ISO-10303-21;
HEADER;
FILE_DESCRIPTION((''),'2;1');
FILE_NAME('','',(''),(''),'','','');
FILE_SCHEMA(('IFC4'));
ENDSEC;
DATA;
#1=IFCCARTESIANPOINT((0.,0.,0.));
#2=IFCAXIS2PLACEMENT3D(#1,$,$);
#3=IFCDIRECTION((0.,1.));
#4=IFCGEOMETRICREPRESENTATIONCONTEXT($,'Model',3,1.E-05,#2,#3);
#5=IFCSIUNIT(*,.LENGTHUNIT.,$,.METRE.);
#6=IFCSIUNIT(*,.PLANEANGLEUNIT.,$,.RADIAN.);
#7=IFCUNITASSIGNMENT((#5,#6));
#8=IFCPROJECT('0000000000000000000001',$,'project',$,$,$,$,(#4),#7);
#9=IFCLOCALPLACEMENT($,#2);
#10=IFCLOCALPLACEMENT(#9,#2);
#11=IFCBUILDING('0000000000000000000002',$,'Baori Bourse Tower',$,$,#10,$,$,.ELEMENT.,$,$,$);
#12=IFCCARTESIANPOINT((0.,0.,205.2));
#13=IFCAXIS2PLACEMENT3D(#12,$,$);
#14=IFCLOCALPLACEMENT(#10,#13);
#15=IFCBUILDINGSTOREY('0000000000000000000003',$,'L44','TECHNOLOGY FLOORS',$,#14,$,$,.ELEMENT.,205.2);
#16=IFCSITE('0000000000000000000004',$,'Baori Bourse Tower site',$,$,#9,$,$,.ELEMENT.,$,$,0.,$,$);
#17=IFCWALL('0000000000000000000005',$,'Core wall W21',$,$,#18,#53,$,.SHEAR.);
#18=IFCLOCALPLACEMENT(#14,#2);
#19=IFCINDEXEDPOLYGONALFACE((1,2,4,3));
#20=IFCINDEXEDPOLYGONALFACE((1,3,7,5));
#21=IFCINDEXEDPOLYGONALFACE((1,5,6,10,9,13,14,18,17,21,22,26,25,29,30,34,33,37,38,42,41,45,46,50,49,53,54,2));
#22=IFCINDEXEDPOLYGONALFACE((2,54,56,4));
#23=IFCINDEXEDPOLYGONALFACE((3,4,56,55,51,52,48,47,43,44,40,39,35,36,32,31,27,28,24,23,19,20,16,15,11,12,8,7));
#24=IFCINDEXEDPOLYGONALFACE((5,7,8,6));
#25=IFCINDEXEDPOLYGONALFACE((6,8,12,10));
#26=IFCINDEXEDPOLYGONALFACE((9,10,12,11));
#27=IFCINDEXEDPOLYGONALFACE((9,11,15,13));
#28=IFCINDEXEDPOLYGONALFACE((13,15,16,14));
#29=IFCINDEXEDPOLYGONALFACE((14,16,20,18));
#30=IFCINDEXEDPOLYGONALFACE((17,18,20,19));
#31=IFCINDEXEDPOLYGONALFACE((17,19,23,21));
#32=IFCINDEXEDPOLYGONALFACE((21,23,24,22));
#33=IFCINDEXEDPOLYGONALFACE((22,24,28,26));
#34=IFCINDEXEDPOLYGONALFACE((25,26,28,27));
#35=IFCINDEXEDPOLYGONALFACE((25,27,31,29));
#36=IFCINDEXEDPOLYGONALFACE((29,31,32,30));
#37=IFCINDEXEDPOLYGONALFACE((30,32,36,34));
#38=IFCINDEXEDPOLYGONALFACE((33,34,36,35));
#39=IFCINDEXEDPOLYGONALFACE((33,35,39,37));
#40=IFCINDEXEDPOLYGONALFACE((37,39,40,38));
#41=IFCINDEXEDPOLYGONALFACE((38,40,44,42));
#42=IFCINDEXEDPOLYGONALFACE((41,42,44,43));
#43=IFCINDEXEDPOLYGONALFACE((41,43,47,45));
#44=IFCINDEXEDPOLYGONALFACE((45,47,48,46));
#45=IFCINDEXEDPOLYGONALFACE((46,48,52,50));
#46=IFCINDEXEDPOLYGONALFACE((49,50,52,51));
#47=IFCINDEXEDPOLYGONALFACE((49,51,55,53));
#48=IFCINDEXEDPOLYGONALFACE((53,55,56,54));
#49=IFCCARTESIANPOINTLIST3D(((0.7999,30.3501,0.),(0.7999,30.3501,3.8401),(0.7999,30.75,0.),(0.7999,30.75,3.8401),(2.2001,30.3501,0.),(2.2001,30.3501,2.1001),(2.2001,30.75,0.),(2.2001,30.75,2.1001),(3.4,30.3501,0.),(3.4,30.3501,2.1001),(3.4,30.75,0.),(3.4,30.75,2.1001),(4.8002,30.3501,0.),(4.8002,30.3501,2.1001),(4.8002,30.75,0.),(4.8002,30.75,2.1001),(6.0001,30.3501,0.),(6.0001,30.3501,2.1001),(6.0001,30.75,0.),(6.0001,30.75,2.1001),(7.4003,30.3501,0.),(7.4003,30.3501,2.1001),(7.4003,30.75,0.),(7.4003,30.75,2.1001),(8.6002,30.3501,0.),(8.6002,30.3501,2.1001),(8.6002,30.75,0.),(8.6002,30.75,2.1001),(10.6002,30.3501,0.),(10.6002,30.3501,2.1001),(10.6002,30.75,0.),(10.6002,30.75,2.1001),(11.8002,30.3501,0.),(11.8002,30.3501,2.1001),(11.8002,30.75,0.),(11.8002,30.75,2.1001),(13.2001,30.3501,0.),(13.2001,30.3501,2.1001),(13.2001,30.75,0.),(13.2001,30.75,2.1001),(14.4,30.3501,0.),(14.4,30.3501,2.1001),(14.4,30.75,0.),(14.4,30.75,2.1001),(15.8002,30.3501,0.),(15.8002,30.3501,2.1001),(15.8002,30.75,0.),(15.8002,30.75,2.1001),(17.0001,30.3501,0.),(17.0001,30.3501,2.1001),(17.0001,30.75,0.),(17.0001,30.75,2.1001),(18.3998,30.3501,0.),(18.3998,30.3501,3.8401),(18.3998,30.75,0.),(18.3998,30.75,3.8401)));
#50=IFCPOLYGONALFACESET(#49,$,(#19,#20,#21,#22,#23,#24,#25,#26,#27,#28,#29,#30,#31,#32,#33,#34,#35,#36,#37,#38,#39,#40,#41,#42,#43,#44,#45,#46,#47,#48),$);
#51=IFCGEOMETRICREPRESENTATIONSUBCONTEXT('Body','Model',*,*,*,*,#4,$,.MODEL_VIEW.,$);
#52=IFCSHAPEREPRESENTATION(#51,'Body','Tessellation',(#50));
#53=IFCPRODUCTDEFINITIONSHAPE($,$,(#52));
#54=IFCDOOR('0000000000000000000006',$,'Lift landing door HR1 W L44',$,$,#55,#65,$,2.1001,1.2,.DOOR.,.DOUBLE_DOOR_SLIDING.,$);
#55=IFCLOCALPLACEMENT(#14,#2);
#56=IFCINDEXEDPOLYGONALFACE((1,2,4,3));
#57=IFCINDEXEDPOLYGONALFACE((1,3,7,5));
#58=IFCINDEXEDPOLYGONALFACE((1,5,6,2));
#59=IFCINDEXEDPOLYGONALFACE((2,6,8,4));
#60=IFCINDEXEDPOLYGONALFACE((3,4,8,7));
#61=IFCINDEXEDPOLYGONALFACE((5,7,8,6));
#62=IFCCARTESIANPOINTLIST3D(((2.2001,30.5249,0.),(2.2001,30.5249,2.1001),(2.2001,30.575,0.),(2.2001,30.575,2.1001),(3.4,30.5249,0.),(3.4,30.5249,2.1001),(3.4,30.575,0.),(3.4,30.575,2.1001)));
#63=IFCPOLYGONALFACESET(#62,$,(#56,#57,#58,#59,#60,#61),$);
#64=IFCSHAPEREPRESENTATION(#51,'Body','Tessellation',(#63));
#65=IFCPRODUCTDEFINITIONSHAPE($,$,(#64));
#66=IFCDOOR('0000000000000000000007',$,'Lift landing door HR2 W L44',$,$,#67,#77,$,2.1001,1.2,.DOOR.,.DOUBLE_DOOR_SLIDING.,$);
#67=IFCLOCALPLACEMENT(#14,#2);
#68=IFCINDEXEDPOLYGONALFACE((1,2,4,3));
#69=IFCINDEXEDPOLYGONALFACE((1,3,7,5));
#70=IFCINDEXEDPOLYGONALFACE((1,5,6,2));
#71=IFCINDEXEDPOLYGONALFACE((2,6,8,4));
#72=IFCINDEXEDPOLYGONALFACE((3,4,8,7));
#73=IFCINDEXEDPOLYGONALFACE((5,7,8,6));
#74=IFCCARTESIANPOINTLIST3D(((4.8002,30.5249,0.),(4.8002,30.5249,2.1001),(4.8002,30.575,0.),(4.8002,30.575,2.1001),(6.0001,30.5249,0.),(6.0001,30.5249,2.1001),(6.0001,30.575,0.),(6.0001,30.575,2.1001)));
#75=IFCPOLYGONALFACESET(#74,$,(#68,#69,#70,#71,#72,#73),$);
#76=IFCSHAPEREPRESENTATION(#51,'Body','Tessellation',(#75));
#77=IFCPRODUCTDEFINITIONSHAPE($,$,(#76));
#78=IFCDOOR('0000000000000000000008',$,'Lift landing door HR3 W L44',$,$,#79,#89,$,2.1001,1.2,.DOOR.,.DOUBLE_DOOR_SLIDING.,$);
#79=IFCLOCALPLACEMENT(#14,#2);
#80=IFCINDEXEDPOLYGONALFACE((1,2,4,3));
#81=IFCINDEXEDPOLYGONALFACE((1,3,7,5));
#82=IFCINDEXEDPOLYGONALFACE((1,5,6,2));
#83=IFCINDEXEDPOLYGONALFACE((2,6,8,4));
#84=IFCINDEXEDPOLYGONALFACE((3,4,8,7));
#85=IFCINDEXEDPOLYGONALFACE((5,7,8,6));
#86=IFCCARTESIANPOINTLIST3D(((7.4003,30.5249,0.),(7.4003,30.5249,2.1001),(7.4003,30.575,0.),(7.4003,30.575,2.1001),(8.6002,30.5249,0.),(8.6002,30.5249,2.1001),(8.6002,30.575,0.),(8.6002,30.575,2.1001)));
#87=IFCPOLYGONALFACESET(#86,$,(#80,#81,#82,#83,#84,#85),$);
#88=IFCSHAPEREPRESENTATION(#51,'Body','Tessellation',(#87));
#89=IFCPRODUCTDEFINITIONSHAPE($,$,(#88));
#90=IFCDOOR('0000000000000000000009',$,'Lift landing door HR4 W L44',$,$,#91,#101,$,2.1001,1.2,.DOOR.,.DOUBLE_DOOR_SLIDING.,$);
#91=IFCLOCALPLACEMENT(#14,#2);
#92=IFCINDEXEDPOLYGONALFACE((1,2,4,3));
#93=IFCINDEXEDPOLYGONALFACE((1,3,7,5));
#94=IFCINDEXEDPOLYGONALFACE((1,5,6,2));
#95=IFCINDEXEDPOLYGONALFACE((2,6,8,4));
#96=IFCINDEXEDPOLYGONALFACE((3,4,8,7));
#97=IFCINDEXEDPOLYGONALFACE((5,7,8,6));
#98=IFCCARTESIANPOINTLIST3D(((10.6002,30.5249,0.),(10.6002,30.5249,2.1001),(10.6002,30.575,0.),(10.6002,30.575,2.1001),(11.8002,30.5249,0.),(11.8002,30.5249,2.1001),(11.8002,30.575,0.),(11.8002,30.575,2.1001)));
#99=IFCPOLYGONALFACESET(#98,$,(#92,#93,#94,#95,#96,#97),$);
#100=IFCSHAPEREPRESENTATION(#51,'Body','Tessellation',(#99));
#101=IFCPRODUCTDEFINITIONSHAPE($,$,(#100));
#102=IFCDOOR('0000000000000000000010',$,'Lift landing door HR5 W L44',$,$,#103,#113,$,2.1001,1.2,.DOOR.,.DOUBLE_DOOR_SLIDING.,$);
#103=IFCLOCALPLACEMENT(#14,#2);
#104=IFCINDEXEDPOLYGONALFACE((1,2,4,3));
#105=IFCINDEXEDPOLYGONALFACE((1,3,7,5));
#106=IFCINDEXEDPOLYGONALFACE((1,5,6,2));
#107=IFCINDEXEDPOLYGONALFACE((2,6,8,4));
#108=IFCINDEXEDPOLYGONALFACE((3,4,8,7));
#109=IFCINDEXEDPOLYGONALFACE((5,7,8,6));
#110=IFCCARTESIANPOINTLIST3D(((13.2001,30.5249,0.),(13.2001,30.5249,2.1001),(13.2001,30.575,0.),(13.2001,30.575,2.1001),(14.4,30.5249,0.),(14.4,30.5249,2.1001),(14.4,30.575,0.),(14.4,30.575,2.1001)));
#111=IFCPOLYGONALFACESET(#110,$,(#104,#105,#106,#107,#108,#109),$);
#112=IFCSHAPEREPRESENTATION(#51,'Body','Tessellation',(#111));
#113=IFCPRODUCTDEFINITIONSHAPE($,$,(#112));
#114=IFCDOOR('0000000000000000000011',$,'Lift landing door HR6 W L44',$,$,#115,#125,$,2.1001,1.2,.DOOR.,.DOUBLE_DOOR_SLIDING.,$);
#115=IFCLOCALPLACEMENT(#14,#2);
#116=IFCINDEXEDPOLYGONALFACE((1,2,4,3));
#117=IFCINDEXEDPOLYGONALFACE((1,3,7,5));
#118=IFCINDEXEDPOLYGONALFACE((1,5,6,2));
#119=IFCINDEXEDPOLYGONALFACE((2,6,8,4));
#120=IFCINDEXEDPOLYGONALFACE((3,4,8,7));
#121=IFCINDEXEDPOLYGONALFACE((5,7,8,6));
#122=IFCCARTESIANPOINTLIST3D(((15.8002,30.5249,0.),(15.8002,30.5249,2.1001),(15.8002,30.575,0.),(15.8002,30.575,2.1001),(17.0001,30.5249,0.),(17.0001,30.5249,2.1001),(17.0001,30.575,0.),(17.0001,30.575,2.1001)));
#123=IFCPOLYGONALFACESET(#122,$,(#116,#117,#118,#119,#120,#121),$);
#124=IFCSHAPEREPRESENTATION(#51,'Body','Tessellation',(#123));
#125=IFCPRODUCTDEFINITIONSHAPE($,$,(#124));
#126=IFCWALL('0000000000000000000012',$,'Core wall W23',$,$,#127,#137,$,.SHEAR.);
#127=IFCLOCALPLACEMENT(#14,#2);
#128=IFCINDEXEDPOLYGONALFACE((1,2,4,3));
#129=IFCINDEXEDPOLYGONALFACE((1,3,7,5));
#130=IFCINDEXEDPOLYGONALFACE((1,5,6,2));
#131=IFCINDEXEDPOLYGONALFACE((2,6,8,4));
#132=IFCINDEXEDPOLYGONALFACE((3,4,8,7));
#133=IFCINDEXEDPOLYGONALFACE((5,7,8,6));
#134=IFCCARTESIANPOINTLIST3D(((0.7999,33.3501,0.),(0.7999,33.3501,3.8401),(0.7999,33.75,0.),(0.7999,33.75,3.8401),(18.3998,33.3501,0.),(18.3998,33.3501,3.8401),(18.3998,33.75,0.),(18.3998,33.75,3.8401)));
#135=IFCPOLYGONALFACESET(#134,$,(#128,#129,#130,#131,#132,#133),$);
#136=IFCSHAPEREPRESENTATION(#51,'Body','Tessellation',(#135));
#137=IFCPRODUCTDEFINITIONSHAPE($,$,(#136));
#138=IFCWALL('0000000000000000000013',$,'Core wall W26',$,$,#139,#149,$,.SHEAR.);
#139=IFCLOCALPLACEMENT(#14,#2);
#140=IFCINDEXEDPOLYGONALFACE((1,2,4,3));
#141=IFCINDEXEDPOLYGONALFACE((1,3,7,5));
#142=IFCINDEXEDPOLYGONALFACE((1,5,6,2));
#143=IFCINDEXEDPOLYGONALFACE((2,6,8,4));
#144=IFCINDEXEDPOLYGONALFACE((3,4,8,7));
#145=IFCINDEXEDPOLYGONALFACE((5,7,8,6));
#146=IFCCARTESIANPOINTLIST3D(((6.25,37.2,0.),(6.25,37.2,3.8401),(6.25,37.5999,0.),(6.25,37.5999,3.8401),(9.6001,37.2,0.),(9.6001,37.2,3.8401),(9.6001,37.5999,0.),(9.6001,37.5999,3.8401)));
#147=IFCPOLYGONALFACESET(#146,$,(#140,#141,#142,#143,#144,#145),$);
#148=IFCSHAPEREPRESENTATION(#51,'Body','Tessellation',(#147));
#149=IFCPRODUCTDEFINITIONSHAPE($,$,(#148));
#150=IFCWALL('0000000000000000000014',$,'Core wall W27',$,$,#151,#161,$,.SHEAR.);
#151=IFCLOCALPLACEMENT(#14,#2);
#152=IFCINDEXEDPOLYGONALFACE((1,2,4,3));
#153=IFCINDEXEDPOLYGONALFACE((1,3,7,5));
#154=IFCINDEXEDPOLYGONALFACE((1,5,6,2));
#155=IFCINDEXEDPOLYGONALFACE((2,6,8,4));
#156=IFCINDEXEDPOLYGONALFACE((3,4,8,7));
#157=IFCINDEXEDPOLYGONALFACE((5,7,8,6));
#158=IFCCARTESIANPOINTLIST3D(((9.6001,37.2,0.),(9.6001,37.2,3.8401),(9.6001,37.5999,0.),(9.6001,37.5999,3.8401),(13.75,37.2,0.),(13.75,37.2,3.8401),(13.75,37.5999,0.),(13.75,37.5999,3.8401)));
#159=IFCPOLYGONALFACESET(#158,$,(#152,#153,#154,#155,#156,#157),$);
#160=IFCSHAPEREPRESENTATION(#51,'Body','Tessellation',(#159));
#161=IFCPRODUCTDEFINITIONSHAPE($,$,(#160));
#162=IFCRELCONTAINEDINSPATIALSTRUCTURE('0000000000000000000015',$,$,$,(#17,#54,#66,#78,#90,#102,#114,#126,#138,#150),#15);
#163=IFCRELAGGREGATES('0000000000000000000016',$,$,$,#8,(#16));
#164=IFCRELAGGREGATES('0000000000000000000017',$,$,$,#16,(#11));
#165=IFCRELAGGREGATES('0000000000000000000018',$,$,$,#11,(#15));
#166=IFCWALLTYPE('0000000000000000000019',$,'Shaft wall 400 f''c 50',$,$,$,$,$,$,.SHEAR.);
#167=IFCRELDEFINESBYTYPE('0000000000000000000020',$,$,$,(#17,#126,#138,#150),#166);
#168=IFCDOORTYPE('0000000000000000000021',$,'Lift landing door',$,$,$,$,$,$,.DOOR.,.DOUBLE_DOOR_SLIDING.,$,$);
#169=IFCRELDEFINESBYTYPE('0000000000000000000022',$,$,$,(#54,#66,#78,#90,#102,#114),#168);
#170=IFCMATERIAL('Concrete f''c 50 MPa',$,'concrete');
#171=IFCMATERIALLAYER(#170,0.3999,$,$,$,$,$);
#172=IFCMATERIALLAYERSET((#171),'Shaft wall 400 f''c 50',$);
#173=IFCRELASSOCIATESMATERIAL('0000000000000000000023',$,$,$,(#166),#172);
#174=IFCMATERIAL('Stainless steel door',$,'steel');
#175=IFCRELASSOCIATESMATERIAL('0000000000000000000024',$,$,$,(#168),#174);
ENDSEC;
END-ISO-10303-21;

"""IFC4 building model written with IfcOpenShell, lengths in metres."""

from ifc_helpers import new_model, si_unit, direction, frame, frame_2d, origin, place, context, subcontext, project, spatial, rectangle, extrude, material, layer, layer_set, type_object, element, fill, save


model = new_model("IFC4")

# Units and contexts
model_context = context("Model", 3, precision=1e-05, world=origin(), true_north=direction((0.0, 1.0)))
body_context = subcontext(model_context, "Body", "Model", "MODEL_VIEW")
ifc_project = project(units=[si_unit("LENGTHUNIT", "METRE"), si_unit("PLANEANGLEUNIT", "RADIAN")], contexts=[model_context])

# Site, building, storey
site_placement = place(None, origin())
site = spatial("IfcSite", under=ifc_project, at=site_placement, Name="Baori Bourse Tower site", CompositionType="ELEMENT", RefElevation=0.0)
building_placement = place(site_placement, origin())
building = spatial("IfcBuilding", under=site, at=building_placement, Name="Baori Bourse Tower", CompositionType="ELEMENT")
storey_placement = place(building_placement, frame((0.0, 0.0, 205.2)))
storey = spatial("IfcBuildingStorey", under=building, at=storey_placement, Name="L44", Description="TECHNOLOGY FLOORS", CompositionType="ELEMENT", Elevation=205.2)

# Wall, openings, doors
ifc_material_1 = material(Name="Concrete f'c 50 MPa", Category="concrete")
ifc_layer_1 = layer(ifc_material_1, 0.3999)
ifc_layer_set_1 = layer_set([ifc_layer_1], Name="Shaft wall 400 f'c 50")
wall_type_1 = type_object("IfcWallType", Name="Shaft wall 400 f'c 50", PredefinedType="SHEAR", material=ifc_layer_set_1)
ifc_material_2 = material(Name="Stainless steel door", Category="steel")
door_type_1 = type_object("IfcDoorType", Name="Lift landing door", OperationType="DOUBLE_DOOR_SLIDING", PredefinedType="DOOR", material=ifc_material_2)
wall_1_placement = place(storey_placement, frame((0.8, 30.55, 0.0), z_axis=(0.0, 0.0, 1.0), x_axis=(1.0, 0.0, 0.0)))
wall_1 = element("IfcWall", 1, at=wall_1_placement, inside=storey, type_object=wall_type_1, Name="Core wall W21", PredefinedType="SHEAR", context=body_context, shape_type="SweptSolid", body=[
    extrude(rectangle(XDim=17.5999, YDim=0.3999, at=frame_2d((8.7998, 0.0))), origin(), (0.0, 0.0, 1.0), 3.8401),
])
opening_1_placement = place(wall_1_placement, frame((1.3999, 0.0, 0.0)))
opening_1 = element("IfcOpeningElement", 2, at=opening_1_placement, cuts=wall_1, PredefinedType="OPENING", context=body_context, shape_type="SweptSolid", body=[
    extrude(rectangle(XDim=1.2, YDim=2.1001, at=frame_2d((0.6001, 1.05))), frame((0.0, 0.21, 0.0), z_axis=(0.0, -1.0, 0.0), x_axis=(1.0, 0.0, 0.0)), (0.0, 0.0, 1.0), 0.4199),
])
opening_2_placement = place(wall_1_placement, frame((4.0, 0.0, 0.0)))
opening_2 = element("IfcOpeningElement", 3, at=opening_2_placement, cuts=wall_1, PredefinedType="OPENING", context=body_context, shape_type="SweptSolid", body=[
    extrude(rectangle(XDim=1.2, YDim=2.1001, at=frame_2d((0.6001, 1.05))), frame((0.0, 0.21, 0.0), z_axis=(0.0, -1.0, 0.0), x_axis=(1.0, 0.0, 0.0)), (0.0, 0.0, 1.0), 0.4199),
])
opening_3_placement = place(wall_1_placement, frame((6.6001, 0.0, 0.0)))
opening_3 = element("IfcOpeningElement", 4, at=opening_3_placement, cuts=wall_1, PredefinedType="OPENING", context=body_context, shape_type="SweptSolid", body=[
    extrude(rectangle(XDim=1.2, YDim=2.1001, at=frame_2d((0.6001, 1.05))), frame((0.0, 0.21, 0.0), z_axis=(0.0, -1.0, 0.0), x_axis=(1.0, 0.0, 0.0)), (0.0, 0.0, 1.0), 0.4199),
])
opening_4_placement = place(wall_1_placement, frame((9.8, 0.0, 0.0)))
opening_4 = element("IfcOpeningElement", 5, at=opening_4_placement, cuts=wall_1, PredefinedType="OPENING", context=body_context, shape_type="SweptSolid", body=[
    extrude(rectangle(XDim=1.2, YDim=2.1001, at=frame_2d((0.6001, 1.05))), frame((0.0, 0.21, 0.0), z_axis=(0.0, -1.0, 0.0), x_axis=(1.0, 0.0, 0.0)), (0.0, 0.0, 1.0), 0.4199),
])
opening_5_placement = place(wall_1_placement, frame((12.3999, 0.0, 0.0)))
opening_5 = element("IfcOpeningElement", 6, at=opening_5_placement, cuts=wall_1, PredefinedType="OPENING", context=body_context, shape_type="SweptSolid", body=[
    extrude(rectangle(XDim=1.2, YDim=2.1001, at=frame_2d((0.6001, 1.05))), frame((0.0, 0.21, 0.0), z_axis=(0.0, -1.0, 0.0), x_axis=(1.0, 0.0, 0.0)), (0.0, 0.0, 1.0), 0.4199),
])
opening_6_placement = place(wall_1_placement, frame((15.0, 0.0, 0.0)))
opening_6 = element("IfcOpeningElement", 7, at=opening_6_placement, cuts=wall_1, PredefinedType="OPENING", context=body_context, shape_type="SweptSolid", body=[
    extrude(rectangle(XDim=1.2, YDim=2.1001, at=frame_2d((0.6001, 1.05))), frame((0.0, 0.21, 0.0), z_axis=(0.0, -1.0, 0.0), x_axis=(1.0, 0.0, 0.0)), (0.0, 0.0, 1.0), 0.4199),
])
door_1_placement = place(opening_1_placement, origin())
door_1 = element("IfcDoor", 8, at=door_1_placement, inside=storey, type_object=door_type_1, Name="Lift landing door HR1 W L44", OperationType="DOUBLE_DOOR_SLIDING", OverallHeight=2.1001, OverallWidth=1.2, PredefinedType="DOOR", context=body_context, shape_type="SweptSolid", body=[
    extrude(rectangle(XDim=1.2, YDim=2.1001, at=frame_2d((0.6001, 1.05))), frame((0.0, 0.0249, 0.0), z_axis=(0.0, -1.0, 0.0), x_axis=(1.0, 0.0, 0.0)), (0.0, 0.0, 1.0), 0.05),
])
fill(opening_1, door_1)
door_2_placement = place(opening_2_placement, origin())
door_2 = element("IfcDoor", 9, at=door_2_placement, inside=storey, type_object=door_type_1, Name="Lift landing door HR2 W L44", OperationType="DOUBLE_DOOR_SLIDING", OverallHeight=2.1001, OverallWidth=1.2, PredefinedType="DOOR", context=body_context, shape_type="SweptSolid", body=[
    extrude(rectangle(XDim=1.2, YDim=2.1001, at=frame_2d((0.6001, 1.05))), frame((0.0, 0.0249, 0.0), z_axis=(0.0, -1.0, 0.0), x_axis=(1.0, 0.0, 0.0)), (0.0, 0.0, 1.0), 0.05),
])
fill(opening_2, door_2)
door_3_placement = place(opening_3_placement, origin())
door_3 = element("IfcDoor", 10, at=door_3_placement, inside=storey, type_object=door_type_1, Name="Lift landing door HR3 W L44", OperationType="DOUBLE_DOOR_SLIDING", OverallHeight=2.1001, OverallWidth=1.2, PredefinedType="DOOR", context=body_context, shape_type="SweptSolid", body=[
    extrude(rectangle(XDim=1.2, YDim=2.1001, at=frame_2d((0.6001, 1.05))), frame((0.0, 0.0249, 0.0), z_axis=(0.0, -1.0, 0.0), x_axis=(1.0, 0.0, 0.0)), (0.0, 0.0, 1.0), 0.05),
])
fill(opening_3, door_3)
door_4_placement = place(opening_4_placement, origin())
door_4 = element("IfcDoor", 11, at=door_4_placement, inside=storey, type_object=door_type_1, Name="Lift landing door HR4 W L44", OperationType="DOUBLE_DOOR_SLIDING", OverallHeight=2.1001, OverallWidth=1.2, PredefinedType="DOOR", context=body_context, shape_type="SweptSolid", body=[
    extrude(rectangle(XDim=1.2, YDim=2.1001, at=frame_2d((0.6001, 1.05))), frame((0.0, 0.0249, 0.0), z_axis=(0.0, -1.0, 0.0), x_axis=(1.0, 0.0, 0.0)), (0.0, 0.0, 1.0), 0.05),
])
fill(opening_4, door_4)
door_5_placement = place(opening_5_placement, origin())
door_5 = element("IfcDoor", 12, at=door_5_placement, inside=storey, type_object=door_type_1, Name="Lift landing door HR5 W L44", OperationType="DOUBLE_DOOR_SLIDING", OverallHeight=2.1001, OverallWidth=1.2, PredefinedType="DOOR", context=body_context, shape_type="SweptSolid", body=[
    extrude(rectangle(XDim=1.2, YDim=2.1001, at=frame_2d((0.6001, 1.05))), frame((0.0, 0.0249, 0.0), z_axis=(0.0, -1.0, 0.0), x_axis=(1.0, 0.0, 0.0)), (0.0, 0.0, 1.0), 0.05),
])
fill(opening_5, door_5)
door_6_placement = place(opening_6_placement, origin())
door_6 = element("IfcDoor", 13, at=door_6_placement, inside=storey, type_object=door_type_1, Name="Lift landing door HR6 W L44", OperationType="DOUBLE_DOOR_SLIDING", OverallHeight=2.1001, OverallWidth=1.2, PredefinedType="DOOR", context=body_context, shape_type="SweptSolid", body=[
    extrude(rectangle(XDim=1.2, YDim=2.1001, at=frame_2d((0.6001, 1.05))), frame((0.0, 0.0249, 0.0), z_axis=(0.0, -1.0, 0.0), x_axis=(1.0, 0.0, 0.0)), (0.0, 0.0, 1.0), 0.05),
])
fill(opening_6, door_6)

# Walls
wall_2_placement = place(storey_placement, frame((0.8, 33.55, 0.0), z_axis=(0.0, 0.0, 1.0), x_axis=(1.0, 0.0, 0.0)))
element("IfcWall", 14, at=wall_2_placement, inside=storey, type_object=wall_type_1, Name="Core wall W23", PredefinedType="SHEAR", context=body_context, shape_type="SweptSolid", body=[
    extrude(rectangle(XDim=17.5999, YDim=0.3999, at=frame_2d((8.7998, 0.0))), origin(), (0.0, 0.0, 1.0), 3.8401),
])
wall_3_placement = place(storey_placement, frame((6.25, 37.3999, 0.0), z_axis=(0.0, 0.0, 1.0), x_axis=(1.0, 0.0, 0.0)))
element("IfcWall", 15, at=wall_3_placement, inside=storey, type_object=wall_type_1, Name="Core wall W26", PredefinedType="SHEAR", context=body_context, shape_type="SweptSolid", body=[
    extrude(rectangle(XDim=3.3501, YDim=0.3999, at=frame_2d((1.675, 0.0))), origin(), (0.0, 0.0, 1.0), 3.8401),
])
wall_4_placement = place(storey_placement, frame((9.6001, 37.3999, 0.0), z_axis=(0.0, 0.0, 1.0), x_axis=(1.0, 0.0, 0.0)))
element("IfcWall", 16, at=wall_4_placement, inside=storey, type_object=wall_type_1, Name="Core wall W27", PredefinedType="SHEAR", context=body_context, shape_type="SweptSolid", body=[
    extrude(rectangle(XDim=4.1499, YDim=0.3999, at=frame_2d((2.075, 0.0))), origin(), (0.0, 0.0, 1.0), 3.8401),
])

save(model, "model.ifc")
